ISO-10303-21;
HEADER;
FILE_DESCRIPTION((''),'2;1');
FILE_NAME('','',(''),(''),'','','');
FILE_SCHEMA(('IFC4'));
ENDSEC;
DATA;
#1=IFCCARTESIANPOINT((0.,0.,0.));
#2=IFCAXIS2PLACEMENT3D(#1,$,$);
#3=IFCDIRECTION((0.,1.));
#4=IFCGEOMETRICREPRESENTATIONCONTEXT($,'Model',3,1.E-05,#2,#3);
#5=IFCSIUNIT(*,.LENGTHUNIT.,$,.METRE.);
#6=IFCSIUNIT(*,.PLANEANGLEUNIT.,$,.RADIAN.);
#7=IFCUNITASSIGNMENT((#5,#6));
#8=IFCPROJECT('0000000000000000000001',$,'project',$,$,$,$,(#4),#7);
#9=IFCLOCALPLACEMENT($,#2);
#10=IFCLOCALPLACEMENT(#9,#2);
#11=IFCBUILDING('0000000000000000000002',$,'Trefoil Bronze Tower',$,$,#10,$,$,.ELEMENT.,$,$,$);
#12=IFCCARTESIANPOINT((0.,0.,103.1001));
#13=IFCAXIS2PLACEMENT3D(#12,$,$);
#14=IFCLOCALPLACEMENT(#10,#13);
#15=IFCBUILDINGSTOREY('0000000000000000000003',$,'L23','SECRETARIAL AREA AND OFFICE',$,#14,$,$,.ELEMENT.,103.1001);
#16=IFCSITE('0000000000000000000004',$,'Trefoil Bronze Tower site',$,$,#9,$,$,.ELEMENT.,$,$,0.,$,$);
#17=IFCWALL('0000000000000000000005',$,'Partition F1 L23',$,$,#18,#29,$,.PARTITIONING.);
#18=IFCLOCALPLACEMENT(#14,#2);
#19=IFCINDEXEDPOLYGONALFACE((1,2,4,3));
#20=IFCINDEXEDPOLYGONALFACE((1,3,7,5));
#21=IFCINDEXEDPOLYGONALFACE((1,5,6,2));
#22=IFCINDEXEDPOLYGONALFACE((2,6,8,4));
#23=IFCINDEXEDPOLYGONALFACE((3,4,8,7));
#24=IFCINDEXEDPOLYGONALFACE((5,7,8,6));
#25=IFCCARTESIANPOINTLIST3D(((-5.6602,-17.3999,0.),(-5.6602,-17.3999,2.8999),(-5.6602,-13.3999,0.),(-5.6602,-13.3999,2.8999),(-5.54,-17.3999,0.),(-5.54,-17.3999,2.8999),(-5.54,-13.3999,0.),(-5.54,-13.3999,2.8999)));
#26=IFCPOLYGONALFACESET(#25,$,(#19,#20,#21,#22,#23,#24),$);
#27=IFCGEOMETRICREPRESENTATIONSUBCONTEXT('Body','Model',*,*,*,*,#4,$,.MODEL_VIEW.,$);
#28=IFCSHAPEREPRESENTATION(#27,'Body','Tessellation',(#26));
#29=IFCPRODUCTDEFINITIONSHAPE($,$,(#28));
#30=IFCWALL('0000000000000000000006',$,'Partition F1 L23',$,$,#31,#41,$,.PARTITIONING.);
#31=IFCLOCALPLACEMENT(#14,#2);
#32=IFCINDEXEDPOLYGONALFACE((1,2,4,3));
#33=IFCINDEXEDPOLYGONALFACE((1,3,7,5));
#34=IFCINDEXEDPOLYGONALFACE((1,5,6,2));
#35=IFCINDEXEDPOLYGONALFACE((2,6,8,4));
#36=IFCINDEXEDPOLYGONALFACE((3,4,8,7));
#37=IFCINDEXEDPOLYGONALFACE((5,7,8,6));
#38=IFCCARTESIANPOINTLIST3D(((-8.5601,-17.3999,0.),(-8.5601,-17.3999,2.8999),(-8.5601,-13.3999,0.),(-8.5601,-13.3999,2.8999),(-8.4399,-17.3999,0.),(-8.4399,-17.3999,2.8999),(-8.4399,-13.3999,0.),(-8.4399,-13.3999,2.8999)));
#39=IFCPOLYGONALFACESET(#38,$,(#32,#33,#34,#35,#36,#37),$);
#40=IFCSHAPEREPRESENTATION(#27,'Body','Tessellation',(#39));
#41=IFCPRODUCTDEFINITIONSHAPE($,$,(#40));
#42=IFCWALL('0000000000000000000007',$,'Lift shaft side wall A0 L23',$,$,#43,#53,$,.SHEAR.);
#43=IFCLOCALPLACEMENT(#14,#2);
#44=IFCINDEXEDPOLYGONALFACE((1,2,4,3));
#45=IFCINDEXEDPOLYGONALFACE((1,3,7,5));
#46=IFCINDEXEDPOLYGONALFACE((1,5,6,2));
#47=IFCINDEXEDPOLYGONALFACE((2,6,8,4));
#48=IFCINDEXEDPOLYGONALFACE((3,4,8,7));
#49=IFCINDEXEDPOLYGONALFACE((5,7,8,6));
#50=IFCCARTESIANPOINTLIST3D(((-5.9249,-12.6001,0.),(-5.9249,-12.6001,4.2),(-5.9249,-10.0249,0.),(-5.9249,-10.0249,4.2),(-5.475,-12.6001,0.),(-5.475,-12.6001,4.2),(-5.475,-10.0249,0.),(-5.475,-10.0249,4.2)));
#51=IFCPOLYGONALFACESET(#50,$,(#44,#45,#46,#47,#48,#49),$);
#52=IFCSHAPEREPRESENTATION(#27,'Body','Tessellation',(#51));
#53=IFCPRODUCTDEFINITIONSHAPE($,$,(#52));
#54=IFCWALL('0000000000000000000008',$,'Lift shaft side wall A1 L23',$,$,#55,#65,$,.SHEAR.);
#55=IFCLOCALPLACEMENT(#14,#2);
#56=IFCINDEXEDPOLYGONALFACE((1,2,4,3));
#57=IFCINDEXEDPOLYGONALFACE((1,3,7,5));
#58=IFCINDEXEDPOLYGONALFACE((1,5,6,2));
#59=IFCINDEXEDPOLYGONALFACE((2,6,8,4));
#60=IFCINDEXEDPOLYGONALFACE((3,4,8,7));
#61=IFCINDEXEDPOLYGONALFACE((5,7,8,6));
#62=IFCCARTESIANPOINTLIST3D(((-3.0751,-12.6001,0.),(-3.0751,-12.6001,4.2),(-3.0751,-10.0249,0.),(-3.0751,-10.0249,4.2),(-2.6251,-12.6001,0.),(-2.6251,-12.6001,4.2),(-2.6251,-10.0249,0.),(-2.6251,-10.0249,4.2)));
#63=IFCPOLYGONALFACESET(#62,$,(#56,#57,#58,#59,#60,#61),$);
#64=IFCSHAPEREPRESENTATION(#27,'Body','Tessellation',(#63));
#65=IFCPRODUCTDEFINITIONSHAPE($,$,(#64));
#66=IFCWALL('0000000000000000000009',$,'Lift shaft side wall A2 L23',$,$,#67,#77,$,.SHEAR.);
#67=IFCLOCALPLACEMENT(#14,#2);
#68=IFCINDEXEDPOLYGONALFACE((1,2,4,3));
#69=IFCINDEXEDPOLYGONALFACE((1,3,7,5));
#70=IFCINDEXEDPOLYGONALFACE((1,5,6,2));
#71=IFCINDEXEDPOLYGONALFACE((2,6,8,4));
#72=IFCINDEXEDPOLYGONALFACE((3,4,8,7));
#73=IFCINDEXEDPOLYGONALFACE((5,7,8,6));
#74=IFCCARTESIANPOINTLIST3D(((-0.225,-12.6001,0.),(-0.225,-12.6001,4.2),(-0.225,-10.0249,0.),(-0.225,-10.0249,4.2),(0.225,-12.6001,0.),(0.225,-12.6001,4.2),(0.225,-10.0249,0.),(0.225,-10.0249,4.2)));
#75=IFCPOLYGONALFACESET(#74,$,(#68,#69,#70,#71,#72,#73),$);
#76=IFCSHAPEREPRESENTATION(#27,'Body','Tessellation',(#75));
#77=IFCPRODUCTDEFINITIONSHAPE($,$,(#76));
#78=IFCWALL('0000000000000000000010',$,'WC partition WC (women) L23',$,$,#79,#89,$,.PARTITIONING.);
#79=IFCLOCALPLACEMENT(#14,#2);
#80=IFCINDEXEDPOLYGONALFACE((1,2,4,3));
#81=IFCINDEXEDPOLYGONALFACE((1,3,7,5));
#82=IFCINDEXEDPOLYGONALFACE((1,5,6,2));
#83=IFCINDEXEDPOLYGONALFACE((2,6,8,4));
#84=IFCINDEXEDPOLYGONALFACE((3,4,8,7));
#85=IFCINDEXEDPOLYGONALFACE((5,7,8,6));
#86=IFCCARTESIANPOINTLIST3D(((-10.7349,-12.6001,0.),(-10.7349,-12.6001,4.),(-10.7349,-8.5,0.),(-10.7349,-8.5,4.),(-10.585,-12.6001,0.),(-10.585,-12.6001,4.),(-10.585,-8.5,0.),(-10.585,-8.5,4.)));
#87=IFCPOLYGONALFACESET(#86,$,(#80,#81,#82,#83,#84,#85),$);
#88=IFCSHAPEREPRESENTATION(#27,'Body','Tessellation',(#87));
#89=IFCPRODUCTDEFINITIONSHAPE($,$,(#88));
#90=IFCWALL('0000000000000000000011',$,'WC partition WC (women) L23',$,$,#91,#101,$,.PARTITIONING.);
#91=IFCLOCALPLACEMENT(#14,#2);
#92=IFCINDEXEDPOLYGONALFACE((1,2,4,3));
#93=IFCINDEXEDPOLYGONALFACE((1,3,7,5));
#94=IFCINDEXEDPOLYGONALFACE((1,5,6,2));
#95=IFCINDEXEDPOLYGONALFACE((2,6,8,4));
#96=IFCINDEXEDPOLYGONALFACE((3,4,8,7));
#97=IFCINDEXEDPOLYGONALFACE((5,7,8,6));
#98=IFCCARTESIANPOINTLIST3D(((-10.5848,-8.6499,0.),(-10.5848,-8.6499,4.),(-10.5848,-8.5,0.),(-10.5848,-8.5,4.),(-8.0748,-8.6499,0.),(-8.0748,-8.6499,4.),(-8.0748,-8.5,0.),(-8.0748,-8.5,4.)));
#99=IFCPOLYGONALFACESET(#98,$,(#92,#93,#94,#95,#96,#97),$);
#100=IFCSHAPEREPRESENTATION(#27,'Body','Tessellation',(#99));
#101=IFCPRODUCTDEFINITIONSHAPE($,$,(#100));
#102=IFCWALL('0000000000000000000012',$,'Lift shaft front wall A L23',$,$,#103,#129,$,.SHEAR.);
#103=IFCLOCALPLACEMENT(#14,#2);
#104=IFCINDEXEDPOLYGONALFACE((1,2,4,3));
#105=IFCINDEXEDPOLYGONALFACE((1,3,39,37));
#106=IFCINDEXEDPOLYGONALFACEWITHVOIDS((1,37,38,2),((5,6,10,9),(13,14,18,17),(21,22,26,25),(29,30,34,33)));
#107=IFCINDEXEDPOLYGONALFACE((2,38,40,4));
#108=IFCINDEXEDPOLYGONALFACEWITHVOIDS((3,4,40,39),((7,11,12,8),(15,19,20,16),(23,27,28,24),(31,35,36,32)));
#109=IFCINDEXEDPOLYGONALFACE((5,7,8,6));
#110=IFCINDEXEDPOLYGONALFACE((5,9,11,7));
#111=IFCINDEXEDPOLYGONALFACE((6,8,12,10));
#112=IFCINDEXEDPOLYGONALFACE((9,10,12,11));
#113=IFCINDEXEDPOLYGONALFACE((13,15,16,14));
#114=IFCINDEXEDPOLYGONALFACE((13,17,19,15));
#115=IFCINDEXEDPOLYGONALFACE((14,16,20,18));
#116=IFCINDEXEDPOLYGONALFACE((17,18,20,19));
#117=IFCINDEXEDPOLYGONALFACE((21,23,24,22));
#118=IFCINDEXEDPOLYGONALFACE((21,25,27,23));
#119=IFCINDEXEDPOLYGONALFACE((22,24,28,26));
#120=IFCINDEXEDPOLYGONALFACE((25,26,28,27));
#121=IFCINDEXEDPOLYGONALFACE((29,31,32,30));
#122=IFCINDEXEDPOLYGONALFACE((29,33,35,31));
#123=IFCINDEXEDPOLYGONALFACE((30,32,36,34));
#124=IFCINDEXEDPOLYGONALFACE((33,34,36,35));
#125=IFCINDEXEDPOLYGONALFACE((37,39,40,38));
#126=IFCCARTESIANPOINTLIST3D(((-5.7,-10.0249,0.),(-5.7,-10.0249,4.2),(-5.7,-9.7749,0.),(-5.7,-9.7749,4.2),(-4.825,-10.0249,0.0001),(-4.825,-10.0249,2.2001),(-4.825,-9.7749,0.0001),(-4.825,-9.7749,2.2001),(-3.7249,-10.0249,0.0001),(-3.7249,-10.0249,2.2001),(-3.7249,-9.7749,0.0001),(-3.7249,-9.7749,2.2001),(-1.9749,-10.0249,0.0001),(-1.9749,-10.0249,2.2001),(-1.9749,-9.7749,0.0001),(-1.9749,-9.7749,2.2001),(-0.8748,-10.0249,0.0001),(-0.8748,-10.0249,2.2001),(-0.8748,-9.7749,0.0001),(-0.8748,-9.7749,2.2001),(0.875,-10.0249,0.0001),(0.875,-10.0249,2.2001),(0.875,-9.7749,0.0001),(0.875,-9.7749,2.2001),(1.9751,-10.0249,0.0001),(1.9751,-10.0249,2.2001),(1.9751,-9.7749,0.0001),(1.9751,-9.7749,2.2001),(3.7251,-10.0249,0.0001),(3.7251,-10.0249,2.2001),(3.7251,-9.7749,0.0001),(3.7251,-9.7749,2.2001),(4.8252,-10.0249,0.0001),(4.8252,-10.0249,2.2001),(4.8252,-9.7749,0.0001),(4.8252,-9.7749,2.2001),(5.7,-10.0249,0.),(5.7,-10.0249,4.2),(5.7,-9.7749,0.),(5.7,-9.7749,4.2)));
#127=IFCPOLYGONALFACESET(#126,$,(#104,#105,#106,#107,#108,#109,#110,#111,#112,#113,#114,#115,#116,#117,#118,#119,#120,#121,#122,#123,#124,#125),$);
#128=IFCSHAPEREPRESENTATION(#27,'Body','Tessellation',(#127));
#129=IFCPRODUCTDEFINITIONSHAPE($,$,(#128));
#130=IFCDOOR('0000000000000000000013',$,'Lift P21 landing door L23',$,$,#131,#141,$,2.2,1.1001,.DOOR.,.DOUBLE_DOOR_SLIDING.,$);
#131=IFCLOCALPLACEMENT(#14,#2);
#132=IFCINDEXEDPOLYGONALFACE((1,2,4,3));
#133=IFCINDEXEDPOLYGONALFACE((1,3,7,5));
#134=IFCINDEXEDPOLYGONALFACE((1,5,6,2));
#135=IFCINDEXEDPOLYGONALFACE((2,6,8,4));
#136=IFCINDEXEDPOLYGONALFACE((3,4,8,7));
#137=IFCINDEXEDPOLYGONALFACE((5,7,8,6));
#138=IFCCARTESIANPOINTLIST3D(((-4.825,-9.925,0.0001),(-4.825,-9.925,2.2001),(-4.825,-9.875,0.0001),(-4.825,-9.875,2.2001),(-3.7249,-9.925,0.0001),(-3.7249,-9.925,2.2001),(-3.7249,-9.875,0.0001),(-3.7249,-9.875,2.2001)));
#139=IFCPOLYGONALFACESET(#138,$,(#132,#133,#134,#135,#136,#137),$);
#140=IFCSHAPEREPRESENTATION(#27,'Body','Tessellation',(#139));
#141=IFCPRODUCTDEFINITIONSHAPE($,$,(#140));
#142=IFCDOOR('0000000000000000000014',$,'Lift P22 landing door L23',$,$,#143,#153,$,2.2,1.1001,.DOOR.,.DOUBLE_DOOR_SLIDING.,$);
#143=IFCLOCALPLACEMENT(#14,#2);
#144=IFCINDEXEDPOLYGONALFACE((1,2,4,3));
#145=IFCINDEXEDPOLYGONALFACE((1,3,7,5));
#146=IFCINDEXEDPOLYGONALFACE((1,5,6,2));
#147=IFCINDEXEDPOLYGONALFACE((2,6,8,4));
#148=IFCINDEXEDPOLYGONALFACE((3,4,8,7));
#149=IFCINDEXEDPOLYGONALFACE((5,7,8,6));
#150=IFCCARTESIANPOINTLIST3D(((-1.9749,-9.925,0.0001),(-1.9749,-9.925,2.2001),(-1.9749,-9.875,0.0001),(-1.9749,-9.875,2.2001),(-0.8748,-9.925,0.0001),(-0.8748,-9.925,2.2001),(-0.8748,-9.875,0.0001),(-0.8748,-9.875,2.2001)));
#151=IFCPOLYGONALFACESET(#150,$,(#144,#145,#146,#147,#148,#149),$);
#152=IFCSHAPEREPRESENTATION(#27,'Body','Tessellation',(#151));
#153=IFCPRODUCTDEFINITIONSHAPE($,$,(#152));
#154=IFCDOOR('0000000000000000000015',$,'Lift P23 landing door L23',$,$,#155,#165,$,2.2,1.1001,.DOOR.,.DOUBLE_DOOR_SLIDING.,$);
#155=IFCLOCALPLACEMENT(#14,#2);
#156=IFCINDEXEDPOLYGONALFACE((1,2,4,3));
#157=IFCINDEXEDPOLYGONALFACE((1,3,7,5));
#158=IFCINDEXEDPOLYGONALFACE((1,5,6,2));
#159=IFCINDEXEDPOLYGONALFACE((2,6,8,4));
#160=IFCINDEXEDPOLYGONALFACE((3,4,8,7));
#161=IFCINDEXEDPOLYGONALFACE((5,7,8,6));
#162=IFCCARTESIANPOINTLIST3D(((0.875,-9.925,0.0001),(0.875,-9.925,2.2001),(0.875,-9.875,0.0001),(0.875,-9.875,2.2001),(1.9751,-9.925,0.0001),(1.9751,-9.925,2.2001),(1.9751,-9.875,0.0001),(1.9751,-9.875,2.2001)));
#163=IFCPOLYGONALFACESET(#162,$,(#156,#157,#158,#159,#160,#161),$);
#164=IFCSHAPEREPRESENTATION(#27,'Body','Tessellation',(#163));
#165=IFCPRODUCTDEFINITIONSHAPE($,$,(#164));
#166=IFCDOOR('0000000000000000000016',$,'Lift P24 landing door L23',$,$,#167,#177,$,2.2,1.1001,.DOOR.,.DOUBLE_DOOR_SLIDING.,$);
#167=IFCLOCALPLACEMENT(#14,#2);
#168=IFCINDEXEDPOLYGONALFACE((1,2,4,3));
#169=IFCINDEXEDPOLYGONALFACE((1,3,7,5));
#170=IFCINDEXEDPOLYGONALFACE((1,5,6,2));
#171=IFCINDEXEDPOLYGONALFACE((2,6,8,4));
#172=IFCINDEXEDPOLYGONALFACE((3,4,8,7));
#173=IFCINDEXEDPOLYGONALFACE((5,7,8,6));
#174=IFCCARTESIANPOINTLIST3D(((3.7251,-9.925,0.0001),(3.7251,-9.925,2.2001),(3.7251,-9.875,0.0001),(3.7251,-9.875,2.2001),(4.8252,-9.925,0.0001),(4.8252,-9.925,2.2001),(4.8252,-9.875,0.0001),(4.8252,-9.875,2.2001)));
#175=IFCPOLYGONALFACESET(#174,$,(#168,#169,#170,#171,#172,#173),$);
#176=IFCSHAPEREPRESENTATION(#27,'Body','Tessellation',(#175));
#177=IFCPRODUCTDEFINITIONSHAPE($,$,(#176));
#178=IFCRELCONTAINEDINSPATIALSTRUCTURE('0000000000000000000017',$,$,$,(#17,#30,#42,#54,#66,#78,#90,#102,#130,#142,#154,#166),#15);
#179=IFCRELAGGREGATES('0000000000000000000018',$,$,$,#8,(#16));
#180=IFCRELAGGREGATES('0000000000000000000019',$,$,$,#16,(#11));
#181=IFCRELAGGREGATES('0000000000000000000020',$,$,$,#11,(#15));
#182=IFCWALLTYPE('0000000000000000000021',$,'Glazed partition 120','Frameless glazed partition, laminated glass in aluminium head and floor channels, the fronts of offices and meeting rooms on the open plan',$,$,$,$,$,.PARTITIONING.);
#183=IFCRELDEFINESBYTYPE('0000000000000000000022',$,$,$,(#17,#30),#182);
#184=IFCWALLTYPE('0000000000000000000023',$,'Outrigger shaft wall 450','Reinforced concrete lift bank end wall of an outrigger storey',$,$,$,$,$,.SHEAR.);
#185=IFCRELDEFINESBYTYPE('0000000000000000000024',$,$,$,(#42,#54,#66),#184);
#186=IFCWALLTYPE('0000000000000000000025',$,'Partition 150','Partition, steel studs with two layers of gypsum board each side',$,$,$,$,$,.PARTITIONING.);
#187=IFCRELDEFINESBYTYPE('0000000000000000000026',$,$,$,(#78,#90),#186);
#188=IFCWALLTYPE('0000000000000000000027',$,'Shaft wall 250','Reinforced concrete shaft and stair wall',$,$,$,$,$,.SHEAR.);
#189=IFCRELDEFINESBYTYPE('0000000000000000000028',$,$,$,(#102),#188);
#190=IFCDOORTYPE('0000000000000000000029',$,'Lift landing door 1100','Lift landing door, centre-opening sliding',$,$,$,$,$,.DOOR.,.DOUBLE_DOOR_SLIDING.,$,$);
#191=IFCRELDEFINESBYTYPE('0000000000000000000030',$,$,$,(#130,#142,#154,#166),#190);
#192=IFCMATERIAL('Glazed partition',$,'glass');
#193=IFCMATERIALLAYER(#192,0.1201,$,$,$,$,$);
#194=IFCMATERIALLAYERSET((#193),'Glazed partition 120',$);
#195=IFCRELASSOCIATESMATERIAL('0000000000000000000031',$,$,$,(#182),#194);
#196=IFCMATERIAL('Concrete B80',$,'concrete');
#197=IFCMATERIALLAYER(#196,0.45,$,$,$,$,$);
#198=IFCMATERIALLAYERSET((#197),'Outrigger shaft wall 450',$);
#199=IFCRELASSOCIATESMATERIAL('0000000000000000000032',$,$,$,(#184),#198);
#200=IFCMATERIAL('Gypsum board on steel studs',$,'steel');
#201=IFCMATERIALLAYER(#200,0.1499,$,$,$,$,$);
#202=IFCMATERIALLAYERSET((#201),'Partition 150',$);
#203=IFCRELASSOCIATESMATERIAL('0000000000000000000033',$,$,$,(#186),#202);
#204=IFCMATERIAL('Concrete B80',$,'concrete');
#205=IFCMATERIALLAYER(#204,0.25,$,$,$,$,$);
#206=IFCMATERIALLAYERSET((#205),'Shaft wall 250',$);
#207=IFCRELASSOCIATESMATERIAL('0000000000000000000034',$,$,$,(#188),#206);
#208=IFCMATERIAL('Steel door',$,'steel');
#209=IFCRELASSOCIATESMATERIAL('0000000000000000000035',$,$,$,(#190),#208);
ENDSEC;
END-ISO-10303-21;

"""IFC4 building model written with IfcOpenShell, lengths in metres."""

from ifc_helpers import new_model, si_unit, direction, frame, frame_2d, origin, place, context, subcontext, project, spatial, rectangle, extrude, material, layer, layer_set, type_object, element, fill, save


model = new_model("IFC4")

# Units and contexts
model_context = context("Model", 3, precision=1e-05, world=origin(), true_north=direction((0.0, 1.0)))
body_context = subcontext(model_context, "Body", "Model", "MODEL_VIEW")
ifc_project = project(units=[si_unit("LENGTHUNIT", "METRE"), si_unit("PLANEANGLEUNIT", "RADIAN")], contexts=[model_context])

# Site, building, storey
site_placement = place(None, origin())
site = spatial("IfcSite", under=ifc_project, at=site_placement, Name="Trefoil Bronze Tower site", CompositionType="ELEMENT", RefElevation=0.0)
building_placement = place(site_placement, origin())
building = spatial("IfcBuilding", under=site, at=building_placement, Name="Trefoil Bronze Tower", CompositionType="ELEMENT")
storey_placement = place(building_placement, frame((0.0, 0.0, 103.1001)))
storey = spatial("IfcBuildingStorey", under=building, at=storey_placement, Name="L23", Description="SECRETARIAL AREA AND OFFICE", CompositionType="ELEMENT", Elevation=103.1001)

# Shared definitions
ifc_material_1 = material(Name="Glazed partition", Category="glass")
ifc_layer_1 = layer(ifc_material_1, 0.1201)
ifc_layer_set_1 = layer_set([ifc_layer_1], Name="Glazed partition 120")
wall_type_1 = type_object("IfcWallType", Name="Glazed partition 120", Description="Frameless glazed partition, laminated glass in aluminium head and floor channels, the fronts of offices and meeting rooms on the open plan", PredefinedType="PARTITIONING", material=ifc_layer_set_1)

# Walls
for number, where, z_axis, x_axis, name in (
    (1, (-5.6001, -13.3999, 0.0), (0.0, 0.0, 1.0), (0.0, -1.0, 0.0), "Partition F1 L23"),
    (2, (-8.5, -13.3999, 0.0), (0.0, 0.0, 1.0), (0.0, -1.0, 0.0), "Partition F1 L23"),
):
    element("IfcWall", number, at=place(storey_placement, frame(where, z_axis=z_axis, x_axis=x_axis)), inside=storey, type_object=wall_type_1, Name=name, PredefinedType="PARTITIONING", context=body_context, shape_type="SweptSolid", body=[
        extrude(rectangle(XDim=4.0, YDim=0.1201, at=frame_2d((2.0, 0.0))), origin(), (0.0, 0.0, 1.0), 2.8999),
    ])
ifc_material_2 = material(Name="Concrete B80", Category="concrete")
ifc_layer_2 = layer(ifc_material_2, 0.45)
ifc_layer_set_2 = layer_set([ifc_layer_2], Name="Outrigger shaft wall 450")
wall_type_2 = type_object("IfcWallType", Name="Outrigger shaft wall 450", Description="Reinforced concrete lift bank end wall of an outrigger storey", PredefinedType="SHEAR", material=ifc_layer_set_2)
for number, where, z_axis, x_axis, name in (
    (3, (-5.7, -10.0249, 0.0), (0.0, 0.0, 1.0), (0.0, -1.0, 0.0), "Lift shaft side wall A0 L23"),
    (4, (-2.8501, -10.0249, 0.0), (0.0, 0.0, 1.0), (0.0, -1.0, 0.0), "Lift shaft side wall A1 L23"),
    (5, (0.0, -10.0249, 0.0), (0.0, 0.0, 1.0), (0.0, -1.0, 0.0), "Lift shaft side wall A2 L23"),
):
    element("IfcWall", number, at=place(storey_placement, frame(where, z_axis=z_axis, x_axis=x_axis)), inside=storey, type_object=wall_type_2, Name=name, PredefinedType="SHEAR", context=body_context, shape_type="SweptSolid", body=[
        extrude(rectangle(XDim=2.5752, YDim=0.45, at=frame_2d((1.2876, 0.0))), origin(), (0.0, 0.0, 1.0), 4.2),
    ])
ifc_material_3 = material(Name="Gypsum board on steel studs", Category="steel")
ifc_layer_3 = layer(ifc_material_3, 0.1499)
ifc_layer_set_3 = layer_set([ifc_layer_3], Name="Partition 150")
wall_type_3 = type_object("IfcWallType", Name="Partition 150", Description="Partition, steel studs with two layers of gypsum board each side", PredefinedType="PARTITIONING", material=ifc_layer_set_3)
wall_1_placement = place(storey_placement, frame((-10.6599, -8.5, 0.0), z_axis=(0.0, 0.0, 1.0), x_axis=(0.0, -1.0, 0.0)))
element("IfcWall", 6, at=wall_1_placement, inside=storey, type_object=wall_type_3, Name="WC partition WC (women) L23", PredefinedType="PARTITIONING", context=body_context, shape_type="SweptSolid", body=[
    extrude(rectangle(XDim=4.1001, YDim=0.1499, at=frame_2d((2.05, 0.0))), origin(), (0.0, 0.0, 1.0), 4.0),
])
wall_2_placement = place(storey_placement, frame((-8.075, -8.575, 0.0), z_axis=(0.0, 0.0, 1.0), x_axis=(-1.0, 0.0, 0.0)))
element("IfcWall", 7, at=wall_2_placement, inside=storey, type_object=wall_type_3, Name="WC partition WC (women) L23", PredefinedType="PARTITIONING", context=body_context, shape_type="SweptSolid", body=[
    extrude(rectangle(XDim=2.51, YDim=0.1499, at=frame_2d((1.2549, 0.0))), origin(), (0.0, 0.0, 1.0), 4.0),
])

# Wall, openings, doors
ifc_material_4 = material(Name="Concrete B80", Category="concrete")
ifc_layer_4 = layer(ifc_material_4, 0.25)
ifc_layer_set_4 = layer_set([ifc_layer_4], Name="Shaft wall 250")
wall_type_4 = type_object("IfcWallType", Name="Shaft wall 250", Description="Reinforced concrete shaft and stair wall", PredefinedType="SHEAR", material=ifc_layer_set_4)
wall_3_placement = place(storey_placement, frame((-5.7, -9.8999, 0.0), z_axis=(0.0, 0.0, 1.0), x_axis=(1.0, 0.0, 0.0)))
wall_3 = element("IfcWall", 8, at=wall_3_placement, inside=storey, type_object=wall_type_4, Name="Lift shaft front wall A L23", PredefinedType="SHEAR", context=body_context, shape_type="SweptSolid", body=[
    extrude(rectangle(XDim=11.3999, YDim=0.25, at=frame_2d((5.7, 0.0))), origin(), (0.0, 0.0, 1.0), 4.2),
])
opening_1_placement = place(wall_3_placement, frame((0.875, 0.0, 0.0)))
opening_1 = element("IfcOpeningElement", 9, at=opening_1_placement, cuts=wall_3, PredefinedType="OPENING", context=body_context, shape_type="SweptSolid", body=[
    extrude(rectangle(XDim=1.1001, YDim=2.2, at=frame_2d((0.55, 1.1001))), frame((0.0, 0.135, 0.0), z_axis=(0.0, -1.0, 0.0), x_axis=(1.0, 0.0, 0.0)), (0.0, 0.0, 1.0), 0.27),
])
opening_2_placement = place(wall_3_placement, frame((3.7251, 0.0, 0.0)))
opening_2 = element("IfcOpeningElement", 10, at=opening_2_placement, cuts=wall_3, PredefinedType="OPENING", context=body_context, shape_type="SweptSolid", body=[
    extrude(rectangle(XDim=1.1001, YDim=2.2, at=frame_2d((0.55, 1.1001))), frame((0.0, 0.135, 0.0), z_axis=(0.0, -1.0, 0.0), x_axis=(1.0, 0.0, 0.0)), (0.0, 0.0, 1.0), 0.27),
])
opening_3_placement = place(wall_3_placement, frame((6.575, 0.0, 0.0)))
opening_3 = element("IfcOpeningElement", 11, at=opening_3_placement, cuts=wall_3, PredefinedType="OPENING", context=body_context, shape_type="SweptSolid", body=[
    extrude(rectangle(XDim=1.1001, YDim=2.2, at=frame_2d((0.55, 1.1001))), frame((0.0, 0.135, 0.0), z_axis=(0.0, -1.0, 0.0), x_axis=(1.0, 0.0, 0.0)), (0.0, 0.0, 1.0), 0.27),
])
opening_4_placement = place(wall_3_placement, frame((9.425, 0.0, 0.0)))
opening_4 = element("IfcOpeningElement", 12, at=opening_4_placement, cuts=wall_3, PredefinedType="OPENING", context=body_context, shape_type="SweptSolid", body=[
    extrude(rectangle(XDim=1.1001, YDim=2.2, at=frame_2d((0.55, 1.1001))), frame((0.0, 0.135, 0.0), z_axis=(0.0, -1.0, 0.0), x_axis=(1.0, 0.0, 0.0)), (0.0, 0.0, 1.0), 0.27),
])
ifc_material_5 = material(Name="Steel door", Category="steel")
door_type_1 = type_object("IfcDoorType", Name="Lift landing door 1100", Description="Lift landing door, centre-opening sliding", OperationType="DOUBLE_DOOR_SLIDING", PredefinedType="DOOR", material=ifc_material_5)
door_1_placement = place(opening_1_placement, origin())
door_1 = element("IfcDoor", 13, at=door_1_placement, inside=storey, type_object=door_type_1, Name="Lift P21 landing door L23", OperationType="DOUBLE_DOOR_SLIDING", OverallHeight=2.2, OverallWidth=1.1001, PredefinedType="DOOR", context=body_context, shape_type="SweptSolid", body=[
    extrude(rectangle(XDim=1.1001, YDim=2.2, at=frame_2d((0.55, 1.1001))), frame((0.0, 0.0249, 0.0), z_axis=(0.0, -1.0, 0.0), x_axis=(1.0, 0.0, 0.0)), (0.0, 0.0, 1.0), 0.05),
])
fill(opening_1, door_1)
door_2_placement = place(opening_2_placement, origin())
door_2 = element("IfcDoor", 14, at=door_2_placement, inside=storey, type_object=door_type_1, Name="Lift P22 landing door L23", OperationType="DOUBLE_DOOR_SLIDING", OverallHeight=2.2, OverallWidth=1.1001, PredefinedType="DOOR", context=body_context, shape_type="SweptSolid", body=[
    extrude(rectangle(XDim=1.1001, YDim=2.2, at=frame_2d((0.55, 1.1001))), frame((0.0, 0.0249, 0.0), z_axis=(0.0, -1.0, 0.0), x_axis=(1.0, 0.0, 0.0)), (0.0, 0.0, 1.0), 0.05),
])
fill(opening_2, door_2)
door_3_placement = place(opening_3_placement, origin())
door_3 = element("IfcDoor", 15, at=door_3_placement, inside=storey, type_object=door_type_1, Name="Lift P23 landing door L23", OperationType="DOUBLE_DOOR_SLIDING", OverallHeight=2.2, OverallWidth=1.1001, PredefinedType="DOOR", context=body_context, shape_type="SweptSolid", body=[
    extrude(rectangle(XDim=1.1001, YDim=2.2, at=frame_2d((0.55, 1.1001))), frame((0.0, 0.0249, 0.0), z_axis=(0.0, -1.0, 0.0), x_axis=(1.0, 0.0, 0.0)), (0.0, 0.0, 1.0), 0.05),
])
fill(opening_3, door_3)
door_4_placement = place(opening_4_placement, origin())
door_4 = element("IfcDoor", 16, at=door_4_placement, inside=storey, type_object=door_type_1, Name="Lift P24 landing door L23", OperationType="DOUBLE_DOOR_SLIDING", OverallHeight=2.2, OverallWidth=1.1001, PredefinedType="DOOR", context=body_context, shape_type="SweptSolid", body=[
    extrude(rectangle(XDim=1.1001, YDim=2.2, at=frame_2d((0.55, 1.1001))), frame((0.0, 0.0249, 0.0), z_axis=(0.0, -1.0, 0.0), x_axis=(1.0, 0.0, 0.0)), (0.0, 0.0, 1.0), 0.05),
])
fill(opening_4, door_4)

save(model, "model.ifc")
